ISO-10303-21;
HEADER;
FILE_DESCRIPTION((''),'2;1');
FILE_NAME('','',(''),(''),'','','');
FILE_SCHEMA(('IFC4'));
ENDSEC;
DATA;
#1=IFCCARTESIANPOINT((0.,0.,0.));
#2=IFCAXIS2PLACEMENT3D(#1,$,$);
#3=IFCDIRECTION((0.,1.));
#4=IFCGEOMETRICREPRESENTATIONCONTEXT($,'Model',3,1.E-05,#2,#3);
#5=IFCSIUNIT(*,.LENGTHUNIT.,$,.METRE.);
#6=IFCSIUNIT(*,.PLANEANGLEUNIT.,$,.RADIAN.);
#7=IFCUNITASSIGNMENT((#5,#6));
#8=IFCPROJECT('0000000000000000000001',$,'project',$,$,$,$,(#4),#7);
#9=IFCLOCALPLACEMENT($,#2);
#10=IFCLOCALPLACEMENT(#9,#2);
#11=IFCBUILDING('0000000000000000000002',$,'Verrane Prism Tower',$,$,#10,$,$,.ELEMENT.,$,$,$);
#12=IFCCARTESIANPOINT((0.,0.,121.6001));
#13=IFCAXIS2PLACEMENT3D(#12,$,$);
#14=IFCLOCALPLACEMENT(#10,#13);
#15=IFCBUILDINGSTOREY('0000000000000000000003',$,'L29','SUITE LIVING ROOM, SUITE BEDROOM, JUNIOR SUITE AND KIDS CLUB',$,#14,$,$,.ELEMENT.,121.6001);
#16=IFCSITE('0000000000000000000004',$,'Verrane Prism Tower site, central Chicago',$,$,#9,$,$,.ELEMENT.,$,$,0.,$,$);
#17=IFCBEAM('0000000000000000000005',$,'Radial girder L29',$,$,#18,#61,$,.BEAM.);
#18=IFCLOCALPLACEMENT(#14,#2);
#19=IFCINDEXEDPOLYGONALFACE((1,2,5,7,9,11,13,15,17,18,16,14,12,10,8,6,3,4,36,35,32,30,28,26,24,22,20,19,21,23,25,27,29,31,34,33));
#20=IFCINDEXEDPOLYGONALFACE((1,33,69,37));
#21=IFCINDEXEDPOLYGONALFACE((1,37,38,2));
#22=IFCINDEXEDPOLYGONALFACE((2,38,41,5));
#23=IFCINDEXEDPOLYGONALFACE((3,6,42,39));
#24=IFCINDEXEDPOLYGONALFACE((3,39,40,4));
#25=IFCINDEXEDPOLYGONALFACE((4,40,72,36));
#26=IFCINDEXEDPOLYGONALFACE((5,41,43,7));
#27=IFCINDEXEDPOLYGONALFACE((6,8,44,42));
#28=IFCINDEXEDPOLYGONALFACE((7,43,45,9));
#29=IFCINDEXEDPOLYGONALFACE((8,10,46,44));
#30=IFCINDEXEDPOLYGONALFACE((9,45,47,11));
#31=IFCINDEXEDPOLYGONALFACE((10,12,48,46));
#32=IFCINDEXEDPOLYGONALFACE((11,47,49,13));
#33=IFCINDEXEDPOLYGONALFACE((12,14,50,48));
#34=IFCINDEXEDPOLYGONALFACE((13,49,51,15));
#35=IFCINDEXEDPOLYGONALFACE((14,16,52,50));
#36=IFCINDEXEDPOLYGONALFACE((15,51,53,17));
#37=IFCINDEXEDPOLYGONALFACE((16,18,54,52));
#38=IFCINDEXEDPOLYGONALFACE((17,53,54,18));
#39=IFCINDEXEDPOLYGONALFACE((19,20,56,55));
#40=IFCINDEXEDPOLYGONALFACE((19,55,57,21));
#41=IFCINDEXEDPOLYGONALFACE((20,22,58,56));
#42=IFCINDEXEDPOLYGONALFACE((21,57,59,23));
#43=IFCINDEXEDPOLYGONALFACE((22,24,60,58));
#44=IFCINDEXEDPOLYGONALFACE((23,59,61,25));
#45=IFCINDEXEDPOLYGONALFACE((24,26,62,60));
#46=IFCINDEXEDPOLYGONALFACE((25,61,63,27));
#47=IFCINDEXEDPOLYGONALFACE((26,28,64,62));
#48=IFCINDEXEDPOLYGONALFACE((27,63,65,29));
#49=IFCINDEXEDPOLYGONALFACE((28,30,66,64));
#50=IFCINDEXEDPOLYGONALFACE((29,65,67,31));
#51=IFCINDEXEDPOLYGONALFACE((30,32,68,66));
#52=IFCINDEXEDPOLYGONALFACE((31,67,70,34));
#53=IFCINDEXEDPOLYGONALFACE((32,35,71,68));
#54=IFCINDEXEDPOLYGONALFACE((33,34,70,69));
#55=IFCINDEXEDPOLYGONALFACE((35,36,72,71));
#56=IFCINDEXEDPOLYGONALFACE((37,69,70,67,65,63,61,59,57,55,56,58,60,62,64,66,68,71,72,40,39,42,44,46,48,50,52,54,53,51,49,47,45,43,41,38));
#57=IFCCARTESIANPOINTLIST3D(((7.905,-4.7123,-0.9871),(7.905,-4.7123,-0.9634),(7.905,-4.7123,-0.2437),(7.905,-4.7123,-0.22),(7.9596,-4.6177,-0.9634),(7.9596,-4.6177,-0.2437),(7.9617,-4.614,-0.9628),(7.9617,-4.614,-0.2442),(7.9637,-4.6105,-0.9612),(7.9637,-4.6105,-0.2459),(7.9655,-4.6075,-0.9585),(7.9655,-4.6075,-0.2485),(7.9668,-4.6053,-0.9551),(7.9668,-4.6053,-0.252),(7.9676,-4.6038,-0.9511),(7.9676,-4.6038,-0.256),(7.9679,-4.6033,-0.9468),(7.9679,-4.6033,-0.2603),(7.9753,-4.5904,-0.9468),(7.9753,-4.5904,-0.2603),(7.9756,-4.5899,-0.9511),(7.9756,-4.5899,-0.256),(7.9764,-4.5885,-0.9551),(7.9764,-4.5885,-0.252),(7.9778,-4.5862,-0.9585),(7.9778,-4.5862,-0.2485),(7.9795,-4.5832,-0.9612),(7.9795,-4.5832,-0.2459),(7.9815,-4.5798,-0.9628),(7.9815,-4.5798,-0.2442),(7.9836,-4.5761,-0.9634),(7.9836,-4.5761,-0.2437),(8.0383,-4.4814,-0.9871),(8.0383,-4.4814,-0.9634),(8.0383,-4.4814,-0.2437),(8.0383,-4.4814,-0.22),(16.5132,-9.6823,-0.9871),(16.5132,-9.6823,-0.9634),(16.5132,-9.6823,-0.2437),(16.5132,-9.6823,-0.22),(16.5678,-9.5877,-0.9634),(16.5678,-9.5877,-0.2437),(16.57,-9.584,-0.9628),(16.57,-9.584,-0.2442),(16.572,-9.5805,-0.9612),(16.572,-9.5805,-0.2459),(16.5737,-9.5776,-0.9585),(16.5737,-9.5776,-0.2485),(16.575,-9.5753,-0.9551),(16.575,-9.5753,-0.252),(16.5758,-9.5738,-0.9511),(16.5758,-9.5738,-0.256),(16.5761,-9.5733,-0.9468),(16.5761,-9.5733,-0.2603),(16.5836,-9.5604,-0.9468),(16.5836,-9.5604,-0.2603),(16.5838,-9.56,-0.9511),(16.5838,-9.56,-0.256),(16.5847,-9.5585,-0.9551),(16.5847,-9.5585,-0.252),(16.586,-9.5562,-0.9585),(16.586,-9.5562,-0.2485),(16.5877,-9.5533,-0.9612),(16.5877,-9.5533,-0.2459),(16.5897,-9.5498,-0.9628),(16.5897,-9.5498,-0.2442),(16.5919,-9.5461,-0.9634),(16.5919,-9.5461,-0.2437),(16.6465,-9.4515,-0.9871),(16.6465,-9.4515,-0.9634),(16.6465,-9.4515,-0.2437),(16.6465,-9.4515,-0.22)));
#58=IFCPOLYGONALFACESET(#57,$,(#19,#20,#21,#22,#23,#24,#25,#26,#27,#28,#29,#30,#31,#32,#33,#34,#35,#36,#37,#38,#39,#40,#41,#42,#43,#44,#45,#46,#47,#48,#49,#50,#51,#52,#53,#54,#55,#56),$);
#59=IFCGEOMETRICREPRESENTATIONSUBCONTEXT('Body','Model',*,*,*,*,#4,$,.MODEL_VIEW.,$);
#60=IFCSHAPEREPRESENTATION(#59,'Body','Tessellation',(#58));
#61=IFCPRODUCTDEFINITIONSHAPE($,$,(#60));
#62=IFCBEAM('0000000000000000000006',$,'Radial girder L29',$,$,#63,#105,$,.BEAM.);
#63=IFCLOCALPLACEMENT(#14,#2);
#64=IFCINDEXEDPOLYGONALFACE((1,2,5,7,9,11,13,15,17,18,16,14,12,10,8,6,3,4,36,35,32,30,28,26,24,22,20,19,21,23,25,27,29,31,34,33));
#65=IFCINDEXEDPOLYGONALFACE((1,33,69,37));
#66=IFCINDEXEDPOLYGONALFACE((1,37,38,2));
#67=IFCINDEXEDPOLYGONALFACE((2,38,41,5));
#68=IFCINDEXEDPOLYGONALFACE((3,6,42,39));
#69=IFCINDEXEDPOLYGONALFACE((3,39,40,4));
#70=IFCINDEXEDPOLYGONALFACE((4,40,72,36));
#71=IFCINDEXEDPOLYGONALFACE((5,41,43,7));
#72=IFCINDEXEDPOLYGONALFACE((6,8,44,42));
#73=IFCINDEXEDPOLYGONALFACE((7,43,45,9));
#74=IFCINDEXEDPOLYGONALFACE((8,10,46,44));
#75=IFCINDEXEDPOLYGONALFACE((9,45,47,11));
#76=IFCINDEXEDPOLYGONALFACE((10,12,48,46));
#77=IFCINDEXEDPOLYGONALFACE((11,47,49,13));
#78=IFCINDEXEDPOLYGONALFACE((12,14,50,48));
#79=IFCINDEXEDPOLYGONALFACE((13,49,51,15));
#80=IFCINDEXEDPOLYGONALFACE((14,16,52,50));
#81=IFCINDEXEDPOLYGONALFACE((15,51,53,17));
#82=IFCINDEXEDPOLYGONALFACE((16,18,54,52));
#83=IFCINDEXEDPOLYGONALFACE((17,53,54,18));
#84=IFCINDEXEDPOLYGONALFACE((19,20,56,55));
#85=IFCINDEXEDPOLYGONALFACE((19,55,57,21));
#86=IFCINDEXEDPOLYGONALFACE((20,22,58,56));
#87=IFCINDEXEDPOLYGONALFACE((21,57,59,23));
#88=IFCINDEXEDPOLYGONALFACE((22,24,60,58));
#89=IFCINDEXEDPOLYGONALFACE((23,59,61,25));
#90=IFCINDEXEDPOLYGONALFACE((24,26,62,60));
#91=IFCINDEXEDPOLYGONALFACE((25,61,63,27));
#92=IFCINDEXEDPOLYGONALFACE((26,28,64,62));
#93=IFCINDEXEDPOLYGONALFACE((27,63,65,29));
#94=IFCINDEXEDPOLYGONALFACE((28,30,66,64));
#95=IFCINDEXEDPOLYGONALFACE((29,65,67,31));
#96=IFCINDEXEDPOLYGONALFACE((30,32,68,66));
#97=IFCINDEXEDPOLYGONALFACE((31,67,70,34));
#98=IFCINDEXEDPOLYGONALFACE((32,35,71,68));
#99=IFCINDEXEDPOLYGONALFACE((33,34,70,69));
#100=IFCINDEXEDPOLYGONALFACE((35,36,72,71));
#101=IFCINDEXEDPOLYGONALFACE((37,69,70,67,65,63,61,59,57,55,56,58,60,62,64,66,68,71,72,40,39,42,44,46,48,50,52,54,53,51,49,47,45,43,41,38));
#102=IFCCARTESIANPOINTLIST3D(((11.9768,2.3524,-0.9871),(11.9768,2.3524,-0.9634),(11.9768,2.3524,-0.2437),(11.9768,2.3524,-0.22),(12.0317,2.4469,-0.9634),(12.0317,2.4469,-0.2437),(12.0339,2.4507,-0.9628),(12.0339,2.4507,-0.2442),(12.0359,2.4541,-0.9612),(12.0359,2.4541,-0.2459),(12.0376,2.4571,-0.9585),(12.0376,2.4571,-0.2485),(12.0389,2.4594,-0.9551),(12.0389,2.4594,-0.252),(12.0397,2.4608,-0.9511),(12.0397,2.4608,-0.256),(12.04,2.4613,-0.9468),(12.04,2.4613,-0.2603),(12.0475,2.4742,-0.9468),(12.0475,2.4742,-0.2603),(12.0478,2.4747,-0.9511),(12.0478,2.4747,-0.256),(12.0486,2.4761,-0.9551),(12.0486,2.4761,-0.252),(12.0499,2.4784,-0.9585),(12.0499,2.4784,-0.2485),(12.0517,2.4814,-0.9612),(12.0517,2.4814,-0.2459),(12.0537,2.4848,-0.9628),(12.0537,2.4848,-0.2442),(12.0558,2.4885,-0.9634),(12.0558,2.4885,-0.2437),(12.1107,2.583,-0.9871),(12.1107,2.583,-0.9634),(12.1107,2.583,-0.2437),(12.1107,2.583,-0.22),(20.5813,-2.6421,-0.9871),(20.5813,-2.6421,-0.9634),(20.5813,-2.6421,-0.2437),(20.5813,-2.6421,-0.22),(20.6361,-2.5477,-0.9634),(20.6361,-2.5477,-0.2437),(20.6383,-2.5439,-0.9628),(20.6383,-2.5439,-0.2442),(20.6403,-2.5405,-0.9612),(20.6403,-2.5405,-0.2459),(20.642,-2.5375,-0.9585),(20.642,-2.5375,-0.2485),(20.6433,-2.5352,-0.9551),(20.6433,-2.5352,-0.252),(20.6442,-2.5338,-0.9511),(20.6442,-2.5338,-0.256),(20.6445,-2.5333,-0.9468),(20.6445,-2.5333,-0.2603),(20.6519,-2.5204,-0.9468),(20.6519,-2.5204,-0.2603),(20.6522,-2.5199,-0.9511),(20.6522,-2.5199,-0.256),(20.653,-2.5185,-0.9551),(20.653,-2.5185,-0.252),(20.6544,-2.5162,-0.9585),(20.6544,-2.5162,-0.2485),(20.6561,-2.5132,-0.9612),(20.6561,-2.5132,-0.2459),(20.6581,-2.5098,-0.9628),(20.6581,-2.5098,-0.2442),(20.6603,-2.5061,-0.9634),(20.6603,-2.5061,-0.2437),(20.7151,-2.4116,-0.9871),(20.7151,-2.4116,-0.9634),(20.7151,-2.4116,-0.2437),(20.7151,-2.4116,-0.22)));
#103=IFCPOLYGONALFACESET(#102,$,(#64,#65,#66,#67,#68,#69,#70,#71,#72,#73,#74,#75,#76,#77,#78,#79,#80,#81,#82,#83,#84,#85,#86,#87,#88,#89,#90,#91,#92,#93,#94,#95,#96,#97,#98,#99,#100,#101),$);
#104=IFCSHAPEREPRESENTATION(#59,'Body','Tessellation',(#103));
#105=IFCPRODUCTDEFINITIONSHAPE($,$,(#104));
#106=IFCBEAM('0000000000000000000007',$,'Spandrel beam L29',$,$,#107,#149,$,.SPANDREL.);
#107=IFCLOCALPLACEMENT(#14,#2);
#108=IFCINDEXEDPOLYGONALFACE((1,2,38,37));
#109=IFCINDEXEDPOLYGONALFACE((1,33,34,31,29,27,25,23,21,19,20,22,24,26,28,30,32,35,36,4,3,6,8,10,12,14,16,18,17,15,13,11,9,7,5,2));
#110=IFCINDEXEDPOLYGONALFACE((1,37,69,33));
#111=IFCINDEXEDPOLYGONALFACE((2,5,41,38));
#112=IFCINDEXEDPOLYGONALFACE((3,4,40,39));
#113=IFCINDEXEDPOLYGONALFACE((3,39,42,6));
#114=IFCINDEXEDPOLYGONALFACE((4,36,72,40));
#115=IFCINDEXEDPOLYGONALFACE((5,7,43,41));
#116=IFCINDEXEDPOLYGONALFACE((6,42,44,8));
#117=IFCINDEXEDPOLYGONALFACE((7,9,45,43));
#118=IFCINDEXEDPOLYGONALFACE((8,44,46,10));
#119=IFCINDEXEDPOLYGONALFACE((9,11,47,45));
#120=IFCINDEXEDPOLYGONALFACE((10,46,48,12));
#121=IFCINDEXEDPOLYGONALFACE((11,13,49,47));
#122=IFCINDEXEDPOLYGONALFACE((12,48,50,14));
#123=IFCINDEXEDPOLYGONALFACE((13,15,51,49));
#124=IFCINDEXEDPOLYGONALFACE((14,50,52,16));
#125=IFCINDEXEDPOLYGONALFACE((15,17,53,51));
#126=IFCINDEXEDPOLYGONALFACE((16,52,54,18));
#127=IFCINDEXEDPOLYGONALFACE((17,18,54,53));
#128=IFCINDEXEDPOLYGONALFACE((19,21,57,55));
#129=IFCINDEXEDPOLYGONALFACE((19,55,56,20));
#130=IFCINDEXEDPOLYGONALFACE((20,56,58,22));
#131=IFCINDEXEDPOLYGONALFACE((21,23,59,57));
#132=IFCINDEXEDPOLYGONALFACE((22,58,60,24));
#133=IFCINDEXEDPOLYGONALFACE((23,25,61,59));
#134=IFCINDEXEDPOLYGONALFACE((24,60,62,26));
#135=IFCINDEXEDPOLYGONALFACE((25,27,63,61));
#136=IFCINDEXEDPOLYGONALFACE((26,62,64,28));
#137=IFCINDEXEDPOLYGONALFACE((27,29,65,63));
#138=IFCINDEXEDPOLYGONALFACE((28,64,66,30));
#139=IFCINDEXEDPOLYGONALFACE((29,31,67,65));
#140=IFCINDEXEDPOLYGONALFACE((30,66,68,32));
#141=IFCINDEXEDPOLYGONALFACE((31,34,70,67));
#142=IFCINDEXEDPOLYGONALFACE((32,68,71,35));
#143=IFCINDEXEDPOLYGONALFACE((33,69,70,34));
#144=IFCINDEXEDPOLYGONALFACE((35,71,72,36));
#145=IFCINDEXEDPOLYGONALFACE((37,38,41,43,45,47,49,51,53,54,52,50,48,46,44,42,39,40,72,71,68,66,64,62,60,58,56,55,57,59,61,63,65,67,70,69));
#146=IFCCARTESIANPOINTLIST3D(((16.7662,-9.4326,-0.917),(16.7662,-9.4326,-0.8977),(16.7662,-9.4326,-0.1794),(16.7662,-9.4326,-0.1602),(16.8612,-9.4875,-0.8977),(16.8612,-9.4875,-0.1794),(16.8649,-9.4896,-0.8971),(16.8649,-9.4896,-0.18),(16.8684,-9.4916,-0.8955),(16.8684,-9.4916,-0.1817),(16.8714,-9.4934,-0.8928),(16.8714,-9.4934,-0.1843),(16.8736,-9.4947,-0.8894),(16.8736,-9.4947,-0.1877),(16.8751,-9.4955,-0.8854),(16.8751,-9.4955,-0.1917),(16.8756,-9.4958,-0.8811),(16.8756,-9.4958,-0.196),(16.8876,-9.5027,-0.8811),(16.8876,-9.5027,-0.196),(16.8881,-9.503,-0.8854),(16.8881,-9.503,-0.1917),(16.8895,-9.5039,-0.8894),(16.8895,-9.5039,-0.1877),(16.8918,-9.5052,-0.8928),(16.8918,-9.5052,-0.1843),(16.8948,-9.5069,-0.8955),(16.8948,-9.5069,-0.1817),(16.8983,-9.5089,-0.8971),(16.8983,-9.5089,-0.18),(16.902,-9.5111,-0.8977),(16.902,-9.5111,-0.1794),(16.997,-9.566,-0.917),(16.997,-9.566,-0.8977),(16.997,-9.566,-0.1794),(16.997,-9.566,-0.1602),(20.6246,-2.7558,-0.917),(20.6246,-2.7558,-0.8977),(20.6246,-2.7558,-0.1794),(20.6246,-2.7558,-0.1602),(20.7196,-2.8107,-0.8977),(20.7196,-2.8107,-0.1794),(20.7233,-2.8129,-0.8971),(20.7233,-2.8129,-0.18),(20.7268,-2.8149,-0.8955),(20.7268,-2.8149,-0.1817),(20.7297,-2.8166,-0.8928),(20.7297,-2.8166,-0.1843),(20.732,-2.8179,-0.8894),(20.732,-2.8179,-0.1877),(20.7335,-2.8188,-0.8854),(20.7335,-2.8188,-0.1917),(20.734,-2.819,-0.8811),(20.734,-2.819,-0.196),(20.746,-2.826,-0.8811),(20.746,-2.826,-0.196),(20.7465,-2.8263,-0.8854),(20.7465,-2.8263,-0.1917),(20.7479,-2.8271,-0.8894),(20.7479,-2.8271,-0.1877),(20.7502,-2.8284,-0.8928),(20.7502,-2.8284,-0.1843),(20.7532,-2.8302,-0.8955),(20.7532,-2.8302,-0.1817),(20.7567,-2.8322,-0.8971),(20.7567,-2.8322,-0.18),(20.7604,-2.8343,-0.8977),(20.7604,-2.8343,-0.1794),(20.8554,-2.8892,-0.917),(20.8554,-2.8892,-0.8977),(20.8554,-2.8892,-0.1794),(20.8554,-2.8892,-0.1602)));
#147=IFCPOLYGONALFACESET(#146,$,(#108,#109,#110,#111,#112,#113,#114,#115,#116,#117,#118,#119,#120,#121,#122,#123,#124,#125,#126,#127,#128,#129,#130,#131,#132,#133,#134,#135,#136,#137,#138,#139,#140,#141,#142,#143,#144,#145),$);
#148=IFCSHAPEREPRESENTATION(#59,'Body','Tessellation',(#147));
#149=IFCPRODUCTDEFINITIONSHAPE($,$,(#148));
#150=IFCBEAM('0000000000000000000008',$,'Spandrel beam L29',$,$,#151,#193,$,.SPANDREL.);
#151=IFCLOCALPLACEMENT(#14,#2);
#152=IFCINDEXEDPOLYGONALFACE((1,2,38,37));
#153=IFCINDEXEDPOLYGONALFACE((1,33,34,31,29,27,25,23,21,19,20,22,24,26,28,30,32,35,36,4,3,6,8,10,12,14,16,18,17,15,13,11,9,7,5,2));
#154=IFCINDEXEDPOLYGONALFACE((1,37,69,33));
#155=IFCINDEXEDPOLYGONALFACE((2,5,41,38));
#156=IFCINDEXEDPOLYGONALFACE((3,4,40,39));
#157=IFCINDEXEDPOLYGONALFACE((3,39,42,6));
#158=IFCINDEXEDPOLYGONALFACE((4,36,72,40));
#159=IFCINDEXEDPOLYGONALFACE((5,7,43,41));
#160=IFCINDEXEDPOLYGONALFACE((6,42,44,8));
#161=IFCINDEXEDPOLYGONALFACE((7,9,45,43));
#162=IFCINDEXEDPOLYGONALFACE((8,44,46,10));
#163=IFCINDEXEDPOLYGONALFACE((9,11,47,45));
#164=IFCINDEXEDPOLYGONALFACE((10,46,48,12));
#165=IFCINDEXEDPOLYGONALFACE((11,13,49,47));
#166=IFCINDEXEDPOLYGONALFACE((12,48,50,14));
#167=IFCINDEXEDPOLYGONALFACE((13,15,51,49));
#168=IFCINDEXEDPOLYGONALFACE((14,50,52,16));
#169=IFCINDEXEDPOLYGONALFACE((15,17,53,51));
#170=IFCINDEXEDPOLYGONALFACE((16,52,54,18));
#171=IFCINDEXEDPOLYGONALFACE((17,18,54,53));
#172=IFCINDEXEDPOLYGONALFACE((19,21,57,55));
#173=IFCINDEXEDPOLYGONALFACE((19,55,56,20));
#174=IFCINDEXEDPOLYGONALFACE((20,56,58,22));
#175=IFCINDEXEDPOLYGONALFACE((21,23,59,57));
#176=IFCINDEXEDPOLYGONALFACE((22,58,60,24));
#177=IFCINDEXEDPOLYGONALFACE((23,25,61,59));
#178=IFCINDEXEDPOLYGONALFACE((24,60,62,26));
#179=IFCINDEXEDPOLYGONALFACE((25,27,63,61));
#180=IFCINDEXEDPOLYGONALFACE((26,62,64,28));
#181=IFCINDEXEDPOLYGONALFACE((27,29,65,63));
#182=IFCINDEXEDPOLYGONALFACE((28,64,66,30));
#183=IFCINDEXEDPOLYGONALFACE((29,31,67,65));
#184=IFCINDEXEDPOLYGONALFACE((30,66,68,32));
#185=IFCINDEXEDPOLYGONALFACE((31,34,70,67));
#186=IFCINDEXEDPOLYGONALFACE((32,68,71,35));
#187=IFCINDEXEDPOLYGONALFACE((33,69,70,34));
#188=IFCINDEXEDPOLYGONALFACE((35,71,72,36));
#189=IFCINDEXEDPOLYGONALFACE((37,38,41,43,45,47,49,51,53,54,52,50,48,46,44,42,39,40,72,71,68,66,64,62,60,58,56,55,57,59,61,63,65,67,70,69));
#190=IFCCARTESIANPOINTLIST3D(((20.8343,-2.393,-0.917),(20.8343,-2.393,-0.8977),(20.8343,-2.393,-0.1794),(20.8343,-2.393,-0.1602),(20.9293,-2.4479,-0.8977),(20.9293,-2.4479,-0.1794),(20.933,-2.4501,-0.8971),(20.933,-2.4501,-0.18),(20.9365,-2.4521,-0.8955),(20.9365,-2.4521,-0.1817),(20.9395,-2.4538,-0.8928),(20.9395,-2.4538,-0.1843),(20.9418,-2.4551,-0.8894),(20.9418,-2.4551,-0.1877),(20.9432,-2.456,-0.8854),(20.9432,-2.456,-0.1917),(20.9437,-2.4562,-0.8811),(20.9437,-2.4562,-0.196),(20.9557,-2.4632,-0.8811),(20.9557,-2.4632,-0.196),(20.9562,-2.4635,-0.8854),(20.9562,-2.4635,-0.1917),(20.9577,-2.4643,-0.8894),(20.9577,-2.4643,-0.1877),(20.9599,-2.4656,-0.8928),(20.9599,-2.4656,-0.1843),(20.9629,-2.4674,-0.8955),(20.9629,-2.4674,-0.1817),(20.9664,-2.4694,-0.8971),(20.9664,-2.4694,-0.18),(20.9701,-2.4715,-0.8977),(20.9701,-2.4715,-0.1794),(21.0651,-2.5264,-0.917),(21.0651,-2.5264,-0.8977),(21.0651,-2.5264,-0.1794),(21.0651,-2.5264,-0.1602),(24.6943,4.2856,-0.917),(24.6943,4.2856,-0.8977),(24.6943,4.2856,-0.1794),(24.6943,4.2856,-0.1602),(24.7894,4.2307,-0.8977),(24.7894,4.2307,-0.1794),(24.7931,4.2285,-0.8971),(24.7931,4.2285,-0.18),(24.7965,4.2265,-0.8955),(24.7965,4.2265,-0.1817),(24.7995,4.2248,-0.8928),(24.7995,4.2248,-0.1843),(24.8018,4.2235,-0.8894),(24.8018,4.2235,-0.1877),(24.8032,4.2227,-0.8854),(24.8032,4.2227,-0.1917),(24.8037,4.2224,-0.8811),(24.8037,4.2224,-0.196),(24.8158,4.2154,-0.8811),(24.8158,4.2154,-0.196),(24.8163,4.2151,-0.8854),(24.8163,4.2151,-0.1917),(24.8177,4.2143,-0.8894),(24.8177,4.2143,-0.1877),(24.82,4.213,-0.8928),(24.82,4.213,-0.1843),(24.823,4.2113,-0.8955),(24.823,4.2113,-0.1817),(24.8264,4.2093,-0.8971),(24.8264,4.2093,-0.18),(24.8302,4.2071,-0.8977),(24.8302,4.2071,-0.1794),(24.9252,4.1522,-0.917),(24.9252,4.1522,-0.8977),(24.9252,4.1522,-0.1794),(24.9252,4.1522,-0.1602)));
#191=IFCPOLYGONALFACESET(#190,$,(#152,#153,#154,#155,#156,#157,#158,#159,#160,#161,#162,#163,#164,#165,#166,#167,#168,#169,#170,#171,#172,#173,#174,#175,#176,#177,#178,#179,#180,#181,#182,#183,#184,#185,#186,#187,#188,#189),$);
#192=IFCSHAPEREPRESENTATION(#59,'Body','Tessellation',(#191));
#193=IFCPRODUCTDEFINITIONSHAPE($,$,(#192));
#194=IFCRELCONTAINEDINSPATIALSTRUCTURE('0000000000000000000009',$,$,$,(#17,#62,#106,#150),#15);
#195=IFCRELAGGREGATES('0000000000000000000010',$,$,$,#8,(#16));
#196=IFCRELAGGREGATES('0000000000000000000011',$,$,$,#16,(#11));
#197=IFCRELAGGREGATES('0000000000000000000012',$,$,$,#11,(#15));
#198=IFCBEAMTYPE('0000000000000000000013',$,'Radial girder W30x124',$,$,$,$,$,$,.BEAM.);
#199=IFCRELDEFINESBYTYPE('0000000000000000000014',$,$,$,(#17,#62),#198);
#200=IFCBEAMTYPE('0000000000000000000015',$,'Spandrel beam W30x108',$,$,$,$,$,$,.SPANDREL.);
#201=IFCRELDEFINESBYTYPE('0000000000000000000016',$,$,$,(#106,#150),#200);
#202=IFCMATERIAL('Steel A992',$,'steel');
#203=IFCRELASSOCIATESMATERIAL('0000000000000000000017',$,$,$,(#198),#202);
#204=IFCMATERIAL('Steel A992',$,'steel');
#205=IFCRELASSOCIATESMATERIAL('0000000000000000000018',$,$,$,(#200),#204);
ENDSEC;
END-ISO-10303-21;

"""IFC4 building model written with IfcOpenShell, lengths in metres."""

from ifc_helpers import new_model, si_unit, direction, frame, origin, origin_2d, place, context, subcontext, project, spatial, i_section, extrude, material, material_profile, profile_set, type_object, element, save


model = new_model("IFC4")

# Units and contexts
model_context = context("Model", 3, precision=1e-05, world=origin(), true_north=direction((0.0, 1.0)))
body_context = subcontext(model_context, "Body", "Model", "MODEL_VIEW")
ifc_project = project(units=[si_unit("LENGTHUNIT", "METRE"), si_unit("PLANEANGLEUNIT", "RADIAN")], contexts=[model_context])

# Site, building, storey
site_placement = place(None, origin())
site = spatial("IfcSite", under=ifc_project, at=site_placement, Name="Verrane Prism Tower site, central Chicago", CompositionType="ELEMENT", RefElevation=0.0)
building_placement = place(site_placement, origin())
building = spatial("IfcBuilding", under=site, at=building_placement, Name="Verrane Prism Tower", CompositionType="ELEMENT")
storey_placement = place(building_placement, frame((0.0, 0.0, 121.6001)))
storey = spatial("IfcBuildingStorey", under=building, at=storey_placement, Name="L29", Description="SUITE LIVING ROOM, SUITE BEDROOM, JUNIOR SUITE AND KIDS CLUB", CompositionType="ELEMENT", Elevation=121.6001)

# Beams
ifc_material_1 = material(Name="Steel A992", Category="steel")
ifc_material_profile_1 = material_profile(ifc_material_1, i_section(OverallWidth=0.2666, OverallDepth=0.7671, WebThickness=0.0149, FlangeThickness=0.0237, FilletRadius=0.0166, at=origin_2d()), Name="W30x124")
ifc_profile_set_1 = profile_set([ifc_material_profile_1], Name="Steel A992")
beam_type_1 = type_object("IfcBeamType", Name="Radial girder W30x124", PredefinedType="BEAM", material=ifc_profile_set_1)
beam_1_placement = place(storey_placement, frame((16.5798, -9.5669, -0.6035), z_axis=(-0.866023, 0.500004, 0.0), x_axis=(-0.500004, -0.866023, 0.0)))
element("IfcBeam", 1, at=beam_1_placement, inside=storey, type_object=beam_type_1, Name="Radial girder L29", PredefinedType="BEAM", context=body_context, shape_type="SweptSolid", body=[
    extrude(i_section(OverallWidth=0.2666, OverallDepth=0.7671, WebThickness=0.0149, FlangeThickness=0.0237, FilletRadius=0.0166, at=origin_2d()), origin(), (0.0, 0.0, 1.0), 9.9399),
])
beam_2_placement = place(storey_placement, frame((20.6482, -2.5269, -0.6035), z_axis=(-0.864856, 0.502021, 0.0), x_axis=(-0.502021, -0.864856, 0.0)))
element("IfcBeam", 2, at=beam_2_placement, inside=storey, type_object=beam_type_1, Name="Radial girder L29", PredefinedType="BEAM", context=body_context, shape_type="SweptSolid", body=[
    extrude(i_section(OverallWidth=0.2666, OverallDepth=0.7671, WebThickness=0.0149, FlangeThickness=0.0237, FilletRadius=0.0166, at=origin_2d()), origin(), (0.0, 0.0, 1.0), 9.949),
])
ifc_material_2 = material(Name="Steel A992", Category="steel")
ifc_material_profile_2 = material_profile(ifc_material_2, i_section(OverallWidth=0.2666, OverallDepth=0.7568, WebThickness=0.0139, FlangeThickness=0.0193, FilletRadius=0.0166, at=origin_2d()), Name="W30x108")
ifc_profile_set_2 = profile_set([ifc_material_profile_2], Name="Steel A992")
beam_type_2 = type_object("IfcBeamType", Name="Spandrel beam W30x108", PredefinedType="SPANDREL", material=ifc_profile_set_2)
beam_3_placement = place(storey_placement, frame((16.8816, -9.4993, -0.5386), z_axis=(0.500347, 0.865825, 0.0), x_axis=(-0.865825, 0.500347, 0.0)))
element("IfcBeam", 3, at=beam_3_placement, inside=storey, type_object=beam_type_2, Name="Spandrel beam L29", PredefinedType="SPANDREL", context=body_context, shape_type="SweptSolid", body=[
    extrude(i_section(OverallWidth=0.2666, OverallDepth=0.7568, WebThickness=0.0139, FlangeThickness=0.0193, FilletRadius=0.0166, at=origin_2d()), origin(), (0.0, 0.0, 1.0), 7.7114),
])
beam_4_placement = place(storey_placement, frame((20.9497, -2.4597, -0.5386), z_axis=(0.500404, 0.865792, 0.0), x_axis=(-0.865792, 0.500404, 0.0)))
element("IfcBeam", 4, at=beam_4_placement, inside=storey, type_object=beam_type_2, Name="Spandrel beam L29", PredefinedType="SPANDREL", context=body_context, shape_type="SweptSolid", body=[
    extrude(i_section(OverallWidth=0.2666, OverallDepth=0.7568, WebThickness=0.0139, FlangeThickness=0.0193, FilletRadius=0.0166, at=origin_2d()), origin(), (0.0, 0.0, 1.0), 7.7139),
])

save(model, "model.ifc")
